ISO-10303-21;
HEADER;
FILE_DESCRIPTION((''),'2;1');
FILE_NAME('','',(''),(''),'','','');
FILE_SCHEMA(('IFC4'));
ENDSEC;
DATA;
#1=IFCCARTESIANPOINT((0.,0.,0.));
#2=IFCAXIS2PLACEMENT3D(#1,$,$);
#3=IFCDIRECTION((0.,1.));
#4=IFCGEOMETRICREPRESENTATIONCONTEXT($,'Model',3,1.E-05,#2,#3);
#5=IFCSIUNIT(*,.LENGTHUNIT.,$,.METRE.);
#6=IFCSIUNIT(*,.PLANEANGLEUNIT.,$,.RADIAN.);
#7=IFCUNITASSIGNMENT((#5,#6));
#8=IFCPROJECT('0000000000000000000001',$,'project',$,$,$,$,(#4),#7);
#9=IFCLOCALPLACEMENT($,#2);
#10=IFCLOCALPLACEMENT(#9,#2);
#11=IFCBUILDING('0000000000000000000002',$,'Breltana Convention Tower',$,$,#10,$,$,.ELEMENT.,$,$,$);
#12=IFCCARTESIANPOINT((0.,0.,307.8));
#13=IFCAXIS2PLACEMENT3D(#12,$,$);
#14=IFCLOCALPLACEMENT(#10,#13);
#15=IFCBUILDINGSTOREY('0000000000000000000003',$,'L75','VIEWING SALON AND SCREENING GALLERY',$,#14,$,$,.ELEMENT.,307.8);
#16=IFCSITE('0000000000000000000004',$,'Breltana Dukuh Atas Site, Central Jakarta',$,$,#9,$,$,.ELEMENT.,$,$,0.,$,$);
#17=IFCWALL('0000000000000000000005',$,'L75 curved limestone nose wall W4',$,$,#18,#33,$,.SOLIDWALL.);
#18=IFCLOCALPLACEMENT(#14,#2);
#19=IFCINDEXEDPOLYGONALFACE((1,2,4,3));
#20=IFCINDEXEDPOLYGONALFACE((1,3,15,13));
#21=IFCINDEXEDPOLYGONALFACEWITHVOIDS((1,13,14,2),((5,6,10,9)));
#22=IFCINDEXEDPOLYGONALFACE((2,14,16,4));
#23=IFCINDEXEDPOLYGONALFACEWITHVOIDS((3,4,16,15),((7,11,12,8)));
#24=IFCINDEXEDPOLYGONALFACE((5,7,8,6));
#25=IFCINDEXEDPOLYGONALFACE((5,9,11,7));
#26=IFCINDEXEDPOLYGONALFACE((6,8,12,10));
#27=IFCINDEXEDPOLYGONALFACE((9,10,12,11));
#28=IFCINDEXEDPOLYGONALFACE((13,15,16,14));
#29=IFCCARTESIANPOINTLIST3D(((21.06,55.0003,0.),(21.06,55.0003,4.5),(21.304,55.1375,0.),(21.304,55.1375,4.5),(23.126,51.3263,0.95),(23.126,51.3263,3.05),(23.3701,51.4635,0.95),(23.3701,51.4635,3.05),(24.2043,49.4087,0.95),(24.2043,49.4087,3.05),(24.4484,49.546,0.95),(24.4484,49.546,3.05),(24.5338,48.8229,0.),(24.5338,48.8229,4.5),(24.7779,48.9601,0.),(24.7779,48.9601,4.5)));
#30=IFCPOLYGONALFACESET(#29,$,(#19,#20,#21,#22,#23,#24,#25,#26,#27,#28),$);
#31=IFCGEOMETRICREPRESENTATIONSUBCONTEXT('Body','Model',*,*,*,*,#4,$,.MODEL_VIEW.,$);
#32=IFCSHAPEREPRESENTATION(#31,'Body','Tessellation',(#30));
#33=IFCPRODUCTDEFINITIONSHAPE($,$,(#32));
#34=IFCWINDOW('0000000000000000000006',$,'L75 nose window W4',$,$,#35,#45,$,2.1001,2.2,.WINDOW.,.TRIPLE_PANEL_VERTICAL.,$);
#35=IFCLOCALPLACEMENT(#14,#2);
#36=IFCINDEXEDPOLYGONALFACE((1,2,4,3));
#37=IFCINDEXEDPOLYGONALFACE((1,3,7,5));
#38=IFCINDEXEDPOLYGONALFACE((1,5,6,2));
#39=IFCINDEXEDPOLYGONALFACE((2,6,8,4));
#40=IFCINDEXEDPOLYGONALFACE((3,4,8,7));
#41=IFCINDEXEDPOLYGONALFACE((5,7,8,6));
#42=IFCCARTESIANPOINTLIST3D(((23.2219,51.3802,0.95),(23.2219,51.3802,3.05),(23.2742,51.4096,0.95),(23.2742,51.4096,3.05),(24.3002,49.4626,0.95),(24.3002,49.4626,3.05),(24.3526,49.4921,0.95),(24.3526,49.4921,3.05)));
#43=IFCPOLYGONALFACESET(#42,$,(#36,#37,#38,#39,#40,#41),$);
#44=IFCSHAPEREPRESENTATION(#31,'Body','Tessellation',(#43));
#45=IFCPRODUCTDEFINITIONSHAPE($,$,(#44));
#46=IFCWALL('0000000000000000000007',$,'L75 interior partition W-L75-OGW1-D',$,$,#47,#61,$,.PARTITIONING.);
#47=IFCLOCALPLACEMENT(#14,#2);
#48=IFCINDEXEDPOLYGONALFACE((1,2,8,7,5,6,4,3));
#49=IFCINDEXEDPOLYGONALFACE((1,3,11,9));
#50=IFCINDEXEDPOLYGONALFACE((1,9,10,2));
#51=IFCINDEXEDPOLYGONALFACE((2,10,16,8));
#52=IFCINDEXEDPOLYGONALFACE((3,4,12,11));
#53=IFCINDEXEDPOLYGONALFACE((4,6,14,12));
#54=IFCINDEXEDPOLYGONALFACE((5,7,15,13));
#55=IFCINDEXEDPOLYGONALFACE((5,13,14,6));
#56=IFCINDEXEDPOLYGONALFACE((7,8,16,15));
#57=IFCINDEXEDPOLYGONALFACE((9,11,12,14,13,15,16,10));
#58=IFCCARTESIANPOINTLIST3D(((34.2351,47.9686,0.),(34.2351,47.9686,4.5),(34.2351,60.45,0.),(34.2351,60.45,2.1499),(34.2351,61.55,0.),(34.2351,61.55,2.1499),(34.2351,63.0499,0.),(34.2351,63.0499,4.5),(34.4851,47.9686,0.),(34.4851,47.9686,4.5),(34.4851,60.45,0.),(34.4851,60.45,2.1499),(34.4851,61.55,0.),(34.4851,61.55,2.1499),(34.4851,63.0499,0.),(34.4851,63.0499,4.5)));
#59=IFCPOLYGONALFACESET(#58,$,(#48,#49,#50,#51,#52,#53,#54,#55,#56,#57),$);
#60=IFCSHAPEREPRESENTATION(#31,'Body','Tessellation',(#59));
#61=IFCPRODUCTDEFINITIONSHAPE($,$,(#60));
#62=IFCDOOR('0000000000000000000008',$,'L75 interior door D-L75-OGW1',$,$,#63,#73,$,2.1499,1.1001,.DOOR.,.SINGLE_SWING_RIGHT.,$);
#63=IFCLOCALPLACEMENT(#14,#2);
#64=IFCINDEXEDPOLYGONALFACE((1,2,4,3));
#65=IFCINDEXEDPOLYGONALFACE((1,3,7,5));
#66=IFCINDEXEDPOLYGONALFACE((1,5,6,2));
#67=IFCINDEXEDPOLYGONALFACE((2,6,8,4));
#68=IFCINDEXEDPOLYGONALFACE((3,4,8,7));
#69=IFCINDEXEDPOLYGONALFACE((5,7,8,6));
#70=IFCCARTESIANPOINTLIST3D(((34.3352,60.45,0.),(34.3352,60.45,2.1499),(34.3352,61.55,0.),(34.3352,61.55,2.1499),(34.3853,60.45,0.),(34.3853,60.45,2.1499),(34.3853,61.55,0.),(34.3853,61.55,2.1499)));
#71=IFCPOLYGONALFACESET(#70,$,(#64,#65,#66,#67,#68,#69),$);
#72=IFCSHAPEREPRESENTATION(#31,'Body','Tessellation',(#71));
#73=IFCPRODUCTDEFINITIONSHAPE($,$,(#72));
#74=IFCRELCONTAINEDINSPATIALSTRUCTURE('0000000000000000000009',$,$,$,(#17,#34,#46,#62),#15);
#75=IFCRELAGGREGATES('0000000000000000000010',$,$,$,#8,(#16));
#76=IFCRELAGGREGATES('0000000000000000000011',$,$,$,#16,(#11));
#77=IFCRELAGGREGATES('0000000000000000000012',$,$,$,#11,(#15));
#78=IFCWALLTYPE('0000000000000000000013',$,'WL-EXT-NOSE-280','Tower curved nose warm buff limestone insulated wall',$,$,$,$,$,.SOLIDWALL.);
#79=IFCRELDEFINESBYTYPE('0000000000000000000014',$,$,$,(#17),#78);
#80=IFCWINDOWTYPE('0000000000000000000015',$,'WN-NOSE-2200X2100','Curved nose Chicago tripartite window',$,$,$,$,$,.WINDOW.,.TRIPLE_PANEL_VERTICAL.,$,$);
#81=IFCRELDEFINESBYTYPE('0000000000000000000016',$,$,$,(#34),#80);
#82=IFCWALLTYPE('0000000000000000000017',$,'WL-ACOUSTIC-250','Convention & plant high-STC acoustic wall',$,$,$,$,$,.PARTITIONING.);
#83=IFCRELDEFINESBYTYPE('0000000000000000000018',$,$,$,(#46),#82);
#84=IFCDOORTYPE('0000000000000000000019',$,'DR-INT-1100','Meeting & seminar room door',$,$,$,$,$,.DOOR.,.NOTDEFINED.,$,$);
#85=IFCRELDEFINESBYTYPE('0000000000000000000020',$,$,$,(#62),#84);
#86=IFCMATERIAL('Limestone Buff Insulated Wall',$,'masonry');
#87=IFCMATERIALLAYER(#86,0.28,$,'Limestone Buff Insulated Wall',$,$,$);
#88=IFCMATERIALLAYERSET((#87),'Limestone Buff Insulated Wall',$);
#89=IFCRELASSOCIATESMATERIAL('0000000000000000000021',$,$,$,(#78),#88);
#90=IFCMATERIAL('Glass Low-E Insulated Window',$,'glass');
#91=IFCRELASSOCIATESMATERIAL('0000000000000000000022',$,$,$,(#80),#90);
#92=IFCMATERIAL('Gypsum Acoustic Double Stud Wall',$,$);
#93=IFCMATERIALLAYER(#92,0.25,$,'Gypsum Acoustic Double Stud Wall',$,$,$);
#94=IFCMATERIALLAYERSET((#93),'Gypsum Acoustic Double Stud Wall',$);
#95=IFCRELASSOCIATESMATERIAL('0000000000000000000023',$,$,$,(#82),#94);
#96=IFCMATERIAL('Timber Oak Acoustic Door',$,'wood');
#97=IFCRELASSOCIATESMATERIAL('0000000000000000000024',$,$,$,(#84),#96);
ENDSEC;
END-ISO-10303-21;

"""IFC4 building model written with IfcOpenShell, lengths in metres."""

from ifc_helpers import new_model, si_unit, direction, frame, frame_2d, origin, place, context, subcontext, project, spatial, rectangle, extrude, source, transform, mapped, material, layer, layer_set, type_object, type_shapes, element, fill, save


model = new_model("IFC4")

# Units and contexts
model_context = context("Model", 3, precision=1e-05, world=origin(), true_north=direction((0.0, 1.0)))
body_context = subcontext(model_context, "Body", "Model", "MODEL_VIEW")
ifc_project = project(units=[si_unit("LENGTHUNIT", "METRE"), si_unit("PLANEANGLEUNIT", "RADIAN")], contexts=[model_context])

# Site, building, storey
site_placement = place(None, origin())
site = spatial("IfcSite", under=ifc_project, at=site_placement, Name="Breltana Dukuh Atas Site, Central Jakarta", CompositionType="ELEMENT", RefElevation=0.0)
building_placement = place(site_placement, origin())
building = spatial("IfcBuilding", under=site, at=building_placement, Name="Breltana Convention Tower", CompositionType="ELEMENT")
storey_placement = place(building_placement, frame((0.0, 0.0, 307.8)))
storey = spatial("IfcBuildingStorey", under=building, at=storey_placement, Name="L75", Description="VIEWING SALON AND SCREENING GALLERY", CompositionType="ELEMENT", Elevation=307.8)

# Shared definitions
ifc_material_1 = material(Name="Limestone Buff Insulated Wall", Category="masonry")
ifc_layer_1 = layer(ifc_material_1, 0.28, Name="Limestone Buff Insulated Wall")
ifc_layer_set_1 = layer_set([ifc_layer_1], Name="Limestone Buff Insulated Wall")
wall_type_1 = type_object("IfcWallType", Name="WL-EXT-NOSE-280", Description="Tower curved nose warm buff limestone insulated wall", PredefinedType="SOLIDWALL", material=ifc_layer_set_1)

# Wall, opening, window
ifc_material_2 = material(Name="Glass Low-E Insulated Window", Category="glass")
window_type = type_object("IfcWindowType", Name="WN-NOSE-2200X2100", Description="Curved nose Chicago tripartite window", PartitioningType="TRIPLE_PANEL_VERTICAL", PredefinedType="WINDOW", material=ifc_material_2)
shared_shape_1 = source(origin(), body_context, "Body", "SweptSolid", [
    extrude(rectangle(XDim=2.2, YDim=2.1001, at=frame_2d((1.1001, 1.05))), frame((0.0, 0.03, 0.0), z_axis=(0.0, -1.0, 0.0), x_axis=(1.0, 0.0, 0.0)), (0.0, 0.0, 1.0), 0.0601),
])
type_shapes(window_type, [shared_shape_1])
shared_shape_2 = source(origin(), body_context, "Body", "SweptSolid", [
    extrude(rectangle(XDim=7.0872, YDim=0.28, at=frame_2d((3.5435, 0.0))), origin(), (0.0, 0.0, 1.0), 4.5),
])
wall_1_placement = place(storey_placement, frame((24.6558, 48.8916, 0.0), z_axis=(0.0, 0.0, 1.0), x_axis=(-0.490158, 0.871633, 0.0)))
wall_1 = element("IfcWall", 1, at=wall_1_placement, inside=storey, type_object=wall_type_1, Name="L75 curved limestone nose wall W4", PredefinedType="SOLIDWALL", context=body_context, shape_type="MappedRepresentation", body=[
    mapped(shared_shape_2, transform((0.0, 0.0, 0.0), scale=1.0)),
])
opening_1_placement = place(wall_1_placement, frame((0.6719, 0.0, 0.95)))
opening_1 = element("IfcOpeningElement", 2, at=opening_1_placement, cuts=wall_1, PredefinedType="OPENING", context=body_context, shape_type="SweptSolid", body=[
    extrude(rectangle(XDim=2.2, YDim=2.1001, at=frame_2d((1.1001, 1.05))), frame((0.0, 0.1499, 0.0), z_axis=(0.0, -1.0, 0.0), x_axis=(1.0, 0.0, 0.0)), (0.0, 0.0, 1.0), 0.3),
])
window_1_placement = place(opening_1_placement, origin())
window_1 = element("IfcWindow", 3, at=window_1_placement, inside=storey, type_object=window_type, Name="L75 nose window W4", OverallHeight=2.1001, OverallWidth=2.2, PartitioningType="TRIPLE_PANEL_VERTICAL", PredefinedType="WINDOW", context=body_context, shape_type="MappedRepresentation", body=[
    mapped(shared_shape_1, transform((0.0, 0.0, 0.0), scale=1.0)),
])
fill(opening_1, window_1)

# Wall, opening, door
ifc_material_3 = material(Name="Gypsum Acoustic Double Stud Wall")
ifc_layer_2 = layer(ifc_material_3, 0.25, Name="Gypsum Acoustic Double Stud Wall")
ifc_layer_set_2 = layer_set([ifc_layer_2], Name="Gypsum Acoustic Double Stud Wall")
wall_type_2 = type_object("IfcWallType", Name="WL-ACOUSTIC-250", Description="Convention & plant high-STC acoustic wall", PredefinedType="PARTITIONING", material=ifc_layer_set_2)
shared_shape_3 = source(origin(), body_context, "Body", "SweptSolid", [
    extrude(rectangle(XDim=15.0813, YDim=0.25, at=frame_2d((7.5405, 0.0))), origin(), (0.0, 0.0, 1.0), 4.5),
])
wall_2_placement = place(storey_placement, frame((34.3601, 47.9688, 0.0), z_axis=(0.0, 0.0, 1.0), x_axis=(0.0, 1.0, 0.0)))
wall_2 = element("IfcWall", 4, at=wall_2_placement, inside=storey, type_object=wall_type_2, Name="L75 interior partition W-L75-OGW1-D", PredefinedType="PARTITIONING", context=body_context, shape_type="MappedRepresentation", body=[
    mapped(shared_shape_3, transform((0.0, 0.0, 0.0), scale=1.0)),
])
opening_2_placement = place(wall_2_placement, frame((12.4812, 0.0, 0.0)))
opening_2 = element("IfcOpeningElement", 5, at=opening_2_placement, cuts=wall_2, PredefinedType="OPENING", context=body_context, shape_type="SweptSolid", body=[
    extrude(rectangle(XDim=1.1001, YDim=2.1499, at=frame_2d((0.55, 1.075))), frame((0.0, 0.135, 0.0), z_axis=(0.0, -1.0, 0.0), x_axis=(1.0, 0.0, 0.0)), (0.0, 0.0, 1.0), 0.27),
])
ifc_material_4 = material(Name="Timber Oak Acoustic Door", Category="wood")
door_type = type_object("IfcDoorType", Name="DR-INT-1100", Description="Meeting & seminar room door", OperationType="NOTDEFINED", PredefinedType="DOOR", material=ifc_material_4)
shared_shape_4 = source(origin(), body_context, "Body", "SweptSolid", [
    extrude(rectangle(XDim=1.1001, YDim=2.1499, at=frame_2d((0.55, 1.075))), frame((0.0, 0.0249, 0.0), z_axis=(0.0, -1.0, 0.0), x_axis=(1.0, 0.0, 0.0)), (0.0, 0.0, 1.0), 0.05),
])
type_shapes(door_type, [shared_shape_4])
door_placement = place(opening_2_placement, origin())
door = element("IfcDoor", 6, at=door_placement, inside=storey, type_object=door_type, Name="L75 interior door D-L75-OGW1", OperationType="SINGLE_SWING_RIGHT", OverallHeight=2.1499, OverallWidth=1.1001, PredefinedType="DOOR", context=body_context, shape_type="MappedRepresentation", body=[
    mapped(shared_shape_4, transform((0.0, 0.0, 0.0), scale=1.0)),
])
fill(opening_2, door)

save(model, "model.ifc")
